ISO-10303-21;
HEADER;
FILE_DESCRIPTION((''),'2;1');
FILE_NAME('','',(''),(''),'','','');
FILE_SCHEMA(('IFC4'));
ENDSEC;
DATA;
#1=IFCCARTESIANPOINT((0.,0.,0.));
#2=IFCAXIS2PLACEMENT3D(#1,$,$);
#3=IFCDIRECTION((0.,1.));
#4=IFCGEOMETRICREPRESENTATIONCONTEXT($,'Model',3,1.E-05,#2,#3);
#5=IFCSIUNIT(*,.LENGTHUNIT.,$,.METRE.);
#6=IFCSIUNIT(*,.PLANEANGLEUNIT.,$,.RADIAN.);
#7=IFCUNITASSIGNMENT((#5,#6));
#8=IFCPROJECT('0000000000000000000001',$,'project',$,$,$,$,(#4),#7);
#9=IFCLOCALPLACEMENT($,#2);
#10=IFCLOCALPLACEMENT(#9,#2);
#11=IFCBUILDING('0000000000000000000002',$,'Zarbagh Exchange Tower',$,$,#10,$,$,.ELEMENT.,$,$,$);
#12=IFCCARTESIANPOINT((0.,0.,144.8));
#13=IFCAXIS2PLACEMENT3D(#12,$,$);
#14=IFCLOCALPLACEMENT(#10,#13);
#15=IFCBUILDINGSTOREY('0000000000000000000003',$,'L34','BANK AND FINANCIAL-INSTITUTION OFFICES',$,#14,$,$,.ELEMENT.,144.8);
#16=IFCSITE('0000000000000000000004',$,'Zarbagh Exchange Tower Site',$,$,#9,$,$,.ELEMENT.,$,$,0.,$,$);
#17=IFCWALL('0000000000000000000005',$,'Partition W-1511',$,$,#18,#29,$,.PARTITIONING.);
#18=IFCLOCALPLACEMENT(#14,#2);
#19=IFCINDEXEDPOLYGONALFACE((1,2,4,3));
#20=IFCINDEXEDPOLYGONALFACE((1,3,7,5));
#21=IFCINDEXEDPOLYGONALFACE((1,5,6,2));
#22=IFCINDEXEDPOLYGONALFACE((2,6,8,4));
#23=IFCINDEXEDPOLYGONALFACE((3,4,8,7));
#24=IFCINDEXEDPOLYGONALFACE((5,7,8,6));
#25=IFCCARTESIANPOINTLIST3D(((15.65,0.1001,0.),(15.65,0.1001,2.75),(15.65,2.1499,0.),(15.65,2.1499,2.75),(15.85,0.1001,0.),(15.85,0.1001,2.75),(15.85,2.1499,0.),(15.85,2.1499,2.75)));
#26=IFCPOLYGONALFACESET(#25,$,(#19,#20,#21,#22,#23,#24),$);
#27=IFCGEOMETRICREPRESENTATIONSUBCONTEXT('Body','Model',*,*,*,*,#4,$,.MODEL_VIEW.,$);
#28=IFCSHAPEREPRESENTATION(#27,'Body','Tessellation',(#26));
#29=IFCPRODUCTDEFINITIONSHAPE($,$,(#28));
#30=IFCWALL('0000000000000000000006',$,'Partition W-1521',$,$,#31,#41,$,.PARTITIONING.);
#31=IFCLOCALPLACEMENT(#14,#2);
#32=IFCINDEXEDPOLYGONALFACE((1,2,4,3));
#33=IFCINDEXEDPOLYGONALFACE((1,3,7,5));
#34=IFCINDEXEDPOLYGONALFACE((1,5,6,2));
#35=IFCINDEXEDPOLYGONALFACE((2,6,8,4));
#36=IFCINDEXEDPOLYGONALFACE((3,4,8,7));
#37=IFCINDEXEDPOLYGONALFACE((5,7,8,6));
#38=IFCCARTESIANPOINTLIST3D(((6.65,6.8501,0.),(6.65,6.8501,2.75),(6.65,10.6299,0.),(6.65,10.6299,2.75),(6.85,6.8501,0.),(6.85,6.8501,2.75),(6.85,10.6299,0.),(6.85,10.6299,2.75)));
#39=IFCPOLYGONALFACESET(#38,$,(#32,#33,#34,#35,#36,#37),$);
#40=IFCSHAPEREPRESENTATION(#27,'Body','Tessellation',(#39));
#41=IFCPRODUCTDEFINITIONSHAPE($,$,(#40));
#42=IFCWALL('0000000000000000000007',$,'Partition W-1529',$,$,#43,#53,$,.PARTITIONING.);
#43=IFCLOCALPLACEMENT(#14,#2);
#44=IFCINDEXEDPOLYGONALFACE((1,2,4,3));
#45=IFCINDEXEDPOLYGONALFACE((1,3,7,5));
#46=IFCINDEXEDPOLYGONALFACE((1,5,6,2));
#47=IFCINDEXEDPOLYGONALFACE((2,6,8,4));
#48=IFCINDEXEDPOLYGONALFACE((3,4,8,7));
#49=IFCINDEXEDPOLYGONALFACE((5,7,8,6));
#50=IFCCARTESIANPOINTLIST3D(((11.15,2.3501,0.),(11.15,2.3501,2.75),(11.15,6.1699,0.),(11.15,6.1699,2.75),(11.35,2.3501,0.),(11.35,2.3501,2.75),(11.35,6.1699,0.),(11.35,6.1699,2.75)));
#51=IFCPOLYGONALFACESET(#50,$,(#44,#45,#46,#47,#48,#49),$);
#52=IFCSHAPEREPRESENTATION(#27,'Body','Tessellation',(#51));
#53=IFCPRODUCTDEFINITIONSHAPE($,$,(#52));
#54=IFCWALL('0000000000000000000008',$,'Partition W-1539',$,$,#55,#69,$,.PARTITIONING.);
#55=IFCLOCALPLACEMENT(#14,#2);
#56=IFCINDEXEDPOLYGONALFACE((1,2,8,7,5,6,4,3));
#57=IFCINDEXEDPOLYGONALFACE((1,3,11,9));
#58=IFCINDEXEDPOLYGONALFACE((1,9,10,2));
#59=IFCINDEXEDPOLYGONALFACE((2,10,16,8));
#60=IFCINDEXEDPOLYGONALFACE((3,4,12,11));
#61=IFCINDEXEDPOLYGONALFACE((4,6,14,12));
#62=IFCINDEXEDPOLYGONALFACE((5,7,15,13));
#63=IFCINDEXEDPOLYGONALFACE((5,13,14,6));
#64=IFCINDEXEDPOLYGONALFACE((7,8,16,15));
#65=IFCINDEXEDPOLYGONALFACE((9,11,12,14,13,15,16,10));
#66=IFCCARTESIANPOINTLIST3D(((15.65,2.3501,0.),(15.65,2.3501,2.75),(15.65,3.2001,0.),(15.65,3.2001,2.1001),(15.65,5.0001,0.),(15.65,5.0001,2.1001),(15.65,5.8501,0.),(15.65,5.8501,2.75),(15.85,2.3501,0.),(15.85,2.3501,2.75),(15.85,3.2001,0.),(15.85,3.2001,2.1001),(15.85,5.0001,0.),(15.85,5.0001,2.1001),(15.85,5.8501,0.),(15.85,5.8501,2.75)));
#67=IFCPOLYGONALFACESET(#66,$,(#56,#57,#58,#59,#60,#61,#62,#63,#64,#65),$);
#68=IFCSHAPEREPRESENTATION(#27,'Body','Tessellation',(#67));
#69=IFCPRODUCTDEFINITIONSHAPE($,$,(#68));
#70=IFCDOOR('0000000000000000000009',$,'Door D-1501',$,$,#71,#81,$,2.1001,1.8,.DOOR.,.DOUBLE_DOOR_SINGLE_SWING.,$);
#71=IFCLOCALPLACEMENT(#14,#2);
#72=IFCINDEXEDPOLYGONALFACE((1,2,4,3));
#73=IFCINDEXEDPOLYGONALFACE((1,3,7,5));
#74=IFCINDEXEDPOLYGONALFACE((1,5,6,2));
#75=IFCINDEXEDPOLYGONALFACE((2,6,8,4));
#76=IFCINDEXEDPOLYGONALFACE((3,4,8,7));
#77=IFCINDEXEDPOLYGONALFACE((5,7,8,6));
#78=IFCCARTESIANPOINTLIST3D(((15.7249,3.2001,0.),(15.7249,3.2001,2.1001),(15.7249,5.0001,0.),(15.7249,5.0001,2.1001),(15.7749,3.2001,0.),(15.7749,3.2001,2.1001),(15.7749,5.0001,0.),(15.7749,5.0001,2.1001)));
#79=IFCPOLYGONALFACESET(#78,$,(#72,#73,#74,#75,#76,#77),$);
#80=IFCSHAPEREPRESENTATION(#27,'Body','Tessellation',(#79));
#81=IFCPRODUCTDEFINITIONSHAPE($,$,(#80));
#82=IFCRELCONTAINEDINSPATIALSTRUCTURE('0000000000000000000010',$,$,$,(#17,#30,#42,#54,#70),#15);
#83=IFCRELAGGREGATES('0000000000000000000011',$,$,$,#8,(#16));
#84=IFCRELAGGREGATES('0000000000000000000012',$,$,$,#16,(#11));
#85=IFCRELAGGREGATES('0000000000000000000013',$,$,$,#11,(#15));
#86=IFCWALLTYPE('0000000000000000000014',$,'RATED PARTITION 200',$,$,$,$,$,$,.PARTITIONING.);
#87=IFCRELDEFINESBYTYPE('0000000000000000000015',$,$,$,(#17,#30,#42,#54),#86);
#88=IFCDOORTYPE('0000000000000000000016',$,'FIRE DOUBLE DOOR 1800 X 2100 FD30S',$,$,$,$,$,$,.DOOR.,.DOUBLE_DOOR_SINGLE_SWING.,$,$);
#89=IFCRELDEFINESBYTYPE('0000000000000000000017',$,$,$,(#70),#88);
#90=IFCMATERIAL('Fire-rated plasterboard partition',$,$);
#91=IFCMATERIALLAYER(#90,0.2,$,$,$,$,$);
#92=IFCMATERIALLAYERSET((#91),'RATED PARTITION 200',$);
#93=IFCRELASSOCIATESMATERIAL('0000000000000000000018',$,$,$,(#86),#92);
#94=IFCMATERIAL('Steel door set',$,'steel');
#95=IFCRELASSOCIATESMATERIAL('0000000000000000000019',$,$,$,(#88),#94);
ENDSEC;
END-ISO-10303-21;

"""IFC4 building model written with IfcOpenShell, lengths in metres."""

from ifc_helpers import new_model, si_unit, direction, frame, frame_2d, origin, place, context, subcontext, project, spatial, rectangle, extrude, material, layer, layer_set, type_object, element, fill, save


model = new_model("IFC4")

# Units and contexts
model_context = context("Model", 3, precision=1e-05, world=origin(), true_north=direction((0.0, 1.0)))
body_context = subcontext(model_context, "Body", "Model", "MODEL_VIEW")
ifc_project = project(units=[si_unit("LENGTHUNIT", "METRE"), si_unit("PLANEANGLEUNIT", "RADIAN")], contexts=[model_context])

# Site, building, storey
site_placement = place(None, origin())
site = spatial("IfcSite", under=ifc_project, at=site_placement, Name="Zarbagh Exchange Tower Site", CompositionType="ELEMENT", RefElevation=0.0)
building_placement = place(site_placement, origin())
building = spatial("IfcBuilding", under=site, at=building_placement, Name="Zarbagh Exchange Tower", CompositionType="ELEMENT")
storey_placement = place(building_placement, frame((0.0, 0.0, 144.8)))
storey = spatial("IfcBuildingStorey", under=building, at=storey_placement, Name="L34", Description="BANK AND FINANCIAL-INSTITUTION OFFICES", CompositionType="ELEMENT", Elevation=144.8)

# Shared definitions
ifc_material_1 = material(Name="Fire-rated plasterboard partition")
ifc_layer = layer(ifc_material_1, 0.2)
ifc_layer_set = layer_set([ifc_layer], Name="RATED PARTITION 200")
wall_type = type_object("IfcWallType", Name="RATED PARTITION 200", PredefinedType="PARTITIONING", material=ifc_layer_set)
ifc_material_2 = material(Name="Steel door set", Category="steel")

# Walls
wall_1_placement = place(storey_placement, frame((15.75, 0.1001, 0.0), z_axis=(0.0, 0.0, 1.0), x_axis=(0.0, 1.0, 0.0)))
element("IfcWall", 1, at=wall_1_placement, inside=storey, type_object=wall_type, Name="Partition W-1511", PredefinedType="PARTITIONING", context=body_context, shape_type="SweptSolid", body=[
    extrude(rectangle(XDim=2.0498, YDim=0.2, at=frame_2d((1.0249, 0.0))), origin(), (0.0, 0.0, 1.0), 2.75),
])
wall_2_placement = place(storey_placement, frame((6.75, 6.8501, 0.0), z_axis=(0.0, 0.0, 1.0), x_axis=(0.0, 1.0, 0.0)))
element("IfcWall", 2, at=wall_2_placement, inside=storey, type_object=wall_type, Name="Partition W-1521", PredefinedType="PARTITIONING", context=body_context, shape_type="SweptSolid", body=[
    extrude(rectangle(XDim=3.7798, YDim=0.2, at=frame_2d((1.8899, 0.0))), origin(), (0.0, 0.0, 1.0), 2.75),
])
wall_3_placement = place(storey_placement, frame((11.25, 2.3501, 0.0), z_axis=(0.0, 0.0, 1.0), x_axis=(0.0, 1.0, 0.0)))
element("IfcWall", 3, at=wall_3_placement, inside=storey, type_object=wall_type, Name="Partition W-1529", PredefinedType="PARTITIONING", context=body_context, shape_type="SweptSolid", body=[
    extrude(rectangle(XDim=3.8198, YDim=0.2, at=frame_2d((1.9099, 0.0))), origin(), (0.0, 0.0, 1.0), 2.75),
])

# Wall, opening, door
wall_4_placement = place(storey_placement, frame((15.75, 5.8501, 0.0), z_axis=(0.0, 0.0, 1.0), x_axis=(0.0, -1.0, 0.0)))
wall_4 = element("IfcWall", 4, at=wall_4_placement, inside=storey, type_object=wall_type, Name="Partition W-1539", PredefinedType="PARTITIONING", context=body_context, shape_type="SweptSolid", body=[
    extrude(rectangle(XDim=3.5, YDim=0.2, at=frame_2d((1.75, 0.0))), origin(), (0.0, 0.0, 1.0), 2.75),
])
opening_1_placement = place(wall_4_placement, frame((0.8501, 0.0, 0.0)))
opening_1 = element("IfcOpeningElement", 5, at=opening_1_placement, cuts=wall_4, PredefinedType="OPENING", context=body_context, shape_type="SweptSolid", body=[
    extrude(rectangle(XDim=1.8, YDim=2.1001, at=frame_2d((0.8999, 1.05))), frame((0.0, 0.1099, 0.0), z_axis=(0.0, -1.0, 0.0), x_axis=(1.0, 0.0, 0.0)), (0.0, 0.0, 1.0), 0.22),
])
door_type_1 = type_object("IfcDoorType", Name="FIRE DOUBLE DOOR 1800 X 2100 FD30S", OperationType="DOUBLE_DOOR_SINGLE_SWING", PredefinedType="DOOR", material=ifc_material_2)
door_1_placement = place(opening_1_placement, origin())
door_1 = element("IfcDoor", 6, at=door_1_placement, inside=storey, type_object=door_type_1, Name="Door D-1501", OperationType="DOUBLE_DOOR_SINGLE_SWING", OverallHeight=2.1001, OverallWidth=1.8, PredefinedType="DOOR", context=body_context, shape_type="SweptSolid", body=[
    extrude(rectangle(XDim=1.8, YDim=2.1001, at=frame_2d((0.8999, 1.05))), frame((0.0, 0.0249, 0.0), z_axis=(0.0, -1.0, 0.0), x_axis=(1.0, 0.0, 0.0)), (0.0, 0.0, 1.0), 0.05),
])
fill(opening_1, door_1)

save(model, "model.ifc")
